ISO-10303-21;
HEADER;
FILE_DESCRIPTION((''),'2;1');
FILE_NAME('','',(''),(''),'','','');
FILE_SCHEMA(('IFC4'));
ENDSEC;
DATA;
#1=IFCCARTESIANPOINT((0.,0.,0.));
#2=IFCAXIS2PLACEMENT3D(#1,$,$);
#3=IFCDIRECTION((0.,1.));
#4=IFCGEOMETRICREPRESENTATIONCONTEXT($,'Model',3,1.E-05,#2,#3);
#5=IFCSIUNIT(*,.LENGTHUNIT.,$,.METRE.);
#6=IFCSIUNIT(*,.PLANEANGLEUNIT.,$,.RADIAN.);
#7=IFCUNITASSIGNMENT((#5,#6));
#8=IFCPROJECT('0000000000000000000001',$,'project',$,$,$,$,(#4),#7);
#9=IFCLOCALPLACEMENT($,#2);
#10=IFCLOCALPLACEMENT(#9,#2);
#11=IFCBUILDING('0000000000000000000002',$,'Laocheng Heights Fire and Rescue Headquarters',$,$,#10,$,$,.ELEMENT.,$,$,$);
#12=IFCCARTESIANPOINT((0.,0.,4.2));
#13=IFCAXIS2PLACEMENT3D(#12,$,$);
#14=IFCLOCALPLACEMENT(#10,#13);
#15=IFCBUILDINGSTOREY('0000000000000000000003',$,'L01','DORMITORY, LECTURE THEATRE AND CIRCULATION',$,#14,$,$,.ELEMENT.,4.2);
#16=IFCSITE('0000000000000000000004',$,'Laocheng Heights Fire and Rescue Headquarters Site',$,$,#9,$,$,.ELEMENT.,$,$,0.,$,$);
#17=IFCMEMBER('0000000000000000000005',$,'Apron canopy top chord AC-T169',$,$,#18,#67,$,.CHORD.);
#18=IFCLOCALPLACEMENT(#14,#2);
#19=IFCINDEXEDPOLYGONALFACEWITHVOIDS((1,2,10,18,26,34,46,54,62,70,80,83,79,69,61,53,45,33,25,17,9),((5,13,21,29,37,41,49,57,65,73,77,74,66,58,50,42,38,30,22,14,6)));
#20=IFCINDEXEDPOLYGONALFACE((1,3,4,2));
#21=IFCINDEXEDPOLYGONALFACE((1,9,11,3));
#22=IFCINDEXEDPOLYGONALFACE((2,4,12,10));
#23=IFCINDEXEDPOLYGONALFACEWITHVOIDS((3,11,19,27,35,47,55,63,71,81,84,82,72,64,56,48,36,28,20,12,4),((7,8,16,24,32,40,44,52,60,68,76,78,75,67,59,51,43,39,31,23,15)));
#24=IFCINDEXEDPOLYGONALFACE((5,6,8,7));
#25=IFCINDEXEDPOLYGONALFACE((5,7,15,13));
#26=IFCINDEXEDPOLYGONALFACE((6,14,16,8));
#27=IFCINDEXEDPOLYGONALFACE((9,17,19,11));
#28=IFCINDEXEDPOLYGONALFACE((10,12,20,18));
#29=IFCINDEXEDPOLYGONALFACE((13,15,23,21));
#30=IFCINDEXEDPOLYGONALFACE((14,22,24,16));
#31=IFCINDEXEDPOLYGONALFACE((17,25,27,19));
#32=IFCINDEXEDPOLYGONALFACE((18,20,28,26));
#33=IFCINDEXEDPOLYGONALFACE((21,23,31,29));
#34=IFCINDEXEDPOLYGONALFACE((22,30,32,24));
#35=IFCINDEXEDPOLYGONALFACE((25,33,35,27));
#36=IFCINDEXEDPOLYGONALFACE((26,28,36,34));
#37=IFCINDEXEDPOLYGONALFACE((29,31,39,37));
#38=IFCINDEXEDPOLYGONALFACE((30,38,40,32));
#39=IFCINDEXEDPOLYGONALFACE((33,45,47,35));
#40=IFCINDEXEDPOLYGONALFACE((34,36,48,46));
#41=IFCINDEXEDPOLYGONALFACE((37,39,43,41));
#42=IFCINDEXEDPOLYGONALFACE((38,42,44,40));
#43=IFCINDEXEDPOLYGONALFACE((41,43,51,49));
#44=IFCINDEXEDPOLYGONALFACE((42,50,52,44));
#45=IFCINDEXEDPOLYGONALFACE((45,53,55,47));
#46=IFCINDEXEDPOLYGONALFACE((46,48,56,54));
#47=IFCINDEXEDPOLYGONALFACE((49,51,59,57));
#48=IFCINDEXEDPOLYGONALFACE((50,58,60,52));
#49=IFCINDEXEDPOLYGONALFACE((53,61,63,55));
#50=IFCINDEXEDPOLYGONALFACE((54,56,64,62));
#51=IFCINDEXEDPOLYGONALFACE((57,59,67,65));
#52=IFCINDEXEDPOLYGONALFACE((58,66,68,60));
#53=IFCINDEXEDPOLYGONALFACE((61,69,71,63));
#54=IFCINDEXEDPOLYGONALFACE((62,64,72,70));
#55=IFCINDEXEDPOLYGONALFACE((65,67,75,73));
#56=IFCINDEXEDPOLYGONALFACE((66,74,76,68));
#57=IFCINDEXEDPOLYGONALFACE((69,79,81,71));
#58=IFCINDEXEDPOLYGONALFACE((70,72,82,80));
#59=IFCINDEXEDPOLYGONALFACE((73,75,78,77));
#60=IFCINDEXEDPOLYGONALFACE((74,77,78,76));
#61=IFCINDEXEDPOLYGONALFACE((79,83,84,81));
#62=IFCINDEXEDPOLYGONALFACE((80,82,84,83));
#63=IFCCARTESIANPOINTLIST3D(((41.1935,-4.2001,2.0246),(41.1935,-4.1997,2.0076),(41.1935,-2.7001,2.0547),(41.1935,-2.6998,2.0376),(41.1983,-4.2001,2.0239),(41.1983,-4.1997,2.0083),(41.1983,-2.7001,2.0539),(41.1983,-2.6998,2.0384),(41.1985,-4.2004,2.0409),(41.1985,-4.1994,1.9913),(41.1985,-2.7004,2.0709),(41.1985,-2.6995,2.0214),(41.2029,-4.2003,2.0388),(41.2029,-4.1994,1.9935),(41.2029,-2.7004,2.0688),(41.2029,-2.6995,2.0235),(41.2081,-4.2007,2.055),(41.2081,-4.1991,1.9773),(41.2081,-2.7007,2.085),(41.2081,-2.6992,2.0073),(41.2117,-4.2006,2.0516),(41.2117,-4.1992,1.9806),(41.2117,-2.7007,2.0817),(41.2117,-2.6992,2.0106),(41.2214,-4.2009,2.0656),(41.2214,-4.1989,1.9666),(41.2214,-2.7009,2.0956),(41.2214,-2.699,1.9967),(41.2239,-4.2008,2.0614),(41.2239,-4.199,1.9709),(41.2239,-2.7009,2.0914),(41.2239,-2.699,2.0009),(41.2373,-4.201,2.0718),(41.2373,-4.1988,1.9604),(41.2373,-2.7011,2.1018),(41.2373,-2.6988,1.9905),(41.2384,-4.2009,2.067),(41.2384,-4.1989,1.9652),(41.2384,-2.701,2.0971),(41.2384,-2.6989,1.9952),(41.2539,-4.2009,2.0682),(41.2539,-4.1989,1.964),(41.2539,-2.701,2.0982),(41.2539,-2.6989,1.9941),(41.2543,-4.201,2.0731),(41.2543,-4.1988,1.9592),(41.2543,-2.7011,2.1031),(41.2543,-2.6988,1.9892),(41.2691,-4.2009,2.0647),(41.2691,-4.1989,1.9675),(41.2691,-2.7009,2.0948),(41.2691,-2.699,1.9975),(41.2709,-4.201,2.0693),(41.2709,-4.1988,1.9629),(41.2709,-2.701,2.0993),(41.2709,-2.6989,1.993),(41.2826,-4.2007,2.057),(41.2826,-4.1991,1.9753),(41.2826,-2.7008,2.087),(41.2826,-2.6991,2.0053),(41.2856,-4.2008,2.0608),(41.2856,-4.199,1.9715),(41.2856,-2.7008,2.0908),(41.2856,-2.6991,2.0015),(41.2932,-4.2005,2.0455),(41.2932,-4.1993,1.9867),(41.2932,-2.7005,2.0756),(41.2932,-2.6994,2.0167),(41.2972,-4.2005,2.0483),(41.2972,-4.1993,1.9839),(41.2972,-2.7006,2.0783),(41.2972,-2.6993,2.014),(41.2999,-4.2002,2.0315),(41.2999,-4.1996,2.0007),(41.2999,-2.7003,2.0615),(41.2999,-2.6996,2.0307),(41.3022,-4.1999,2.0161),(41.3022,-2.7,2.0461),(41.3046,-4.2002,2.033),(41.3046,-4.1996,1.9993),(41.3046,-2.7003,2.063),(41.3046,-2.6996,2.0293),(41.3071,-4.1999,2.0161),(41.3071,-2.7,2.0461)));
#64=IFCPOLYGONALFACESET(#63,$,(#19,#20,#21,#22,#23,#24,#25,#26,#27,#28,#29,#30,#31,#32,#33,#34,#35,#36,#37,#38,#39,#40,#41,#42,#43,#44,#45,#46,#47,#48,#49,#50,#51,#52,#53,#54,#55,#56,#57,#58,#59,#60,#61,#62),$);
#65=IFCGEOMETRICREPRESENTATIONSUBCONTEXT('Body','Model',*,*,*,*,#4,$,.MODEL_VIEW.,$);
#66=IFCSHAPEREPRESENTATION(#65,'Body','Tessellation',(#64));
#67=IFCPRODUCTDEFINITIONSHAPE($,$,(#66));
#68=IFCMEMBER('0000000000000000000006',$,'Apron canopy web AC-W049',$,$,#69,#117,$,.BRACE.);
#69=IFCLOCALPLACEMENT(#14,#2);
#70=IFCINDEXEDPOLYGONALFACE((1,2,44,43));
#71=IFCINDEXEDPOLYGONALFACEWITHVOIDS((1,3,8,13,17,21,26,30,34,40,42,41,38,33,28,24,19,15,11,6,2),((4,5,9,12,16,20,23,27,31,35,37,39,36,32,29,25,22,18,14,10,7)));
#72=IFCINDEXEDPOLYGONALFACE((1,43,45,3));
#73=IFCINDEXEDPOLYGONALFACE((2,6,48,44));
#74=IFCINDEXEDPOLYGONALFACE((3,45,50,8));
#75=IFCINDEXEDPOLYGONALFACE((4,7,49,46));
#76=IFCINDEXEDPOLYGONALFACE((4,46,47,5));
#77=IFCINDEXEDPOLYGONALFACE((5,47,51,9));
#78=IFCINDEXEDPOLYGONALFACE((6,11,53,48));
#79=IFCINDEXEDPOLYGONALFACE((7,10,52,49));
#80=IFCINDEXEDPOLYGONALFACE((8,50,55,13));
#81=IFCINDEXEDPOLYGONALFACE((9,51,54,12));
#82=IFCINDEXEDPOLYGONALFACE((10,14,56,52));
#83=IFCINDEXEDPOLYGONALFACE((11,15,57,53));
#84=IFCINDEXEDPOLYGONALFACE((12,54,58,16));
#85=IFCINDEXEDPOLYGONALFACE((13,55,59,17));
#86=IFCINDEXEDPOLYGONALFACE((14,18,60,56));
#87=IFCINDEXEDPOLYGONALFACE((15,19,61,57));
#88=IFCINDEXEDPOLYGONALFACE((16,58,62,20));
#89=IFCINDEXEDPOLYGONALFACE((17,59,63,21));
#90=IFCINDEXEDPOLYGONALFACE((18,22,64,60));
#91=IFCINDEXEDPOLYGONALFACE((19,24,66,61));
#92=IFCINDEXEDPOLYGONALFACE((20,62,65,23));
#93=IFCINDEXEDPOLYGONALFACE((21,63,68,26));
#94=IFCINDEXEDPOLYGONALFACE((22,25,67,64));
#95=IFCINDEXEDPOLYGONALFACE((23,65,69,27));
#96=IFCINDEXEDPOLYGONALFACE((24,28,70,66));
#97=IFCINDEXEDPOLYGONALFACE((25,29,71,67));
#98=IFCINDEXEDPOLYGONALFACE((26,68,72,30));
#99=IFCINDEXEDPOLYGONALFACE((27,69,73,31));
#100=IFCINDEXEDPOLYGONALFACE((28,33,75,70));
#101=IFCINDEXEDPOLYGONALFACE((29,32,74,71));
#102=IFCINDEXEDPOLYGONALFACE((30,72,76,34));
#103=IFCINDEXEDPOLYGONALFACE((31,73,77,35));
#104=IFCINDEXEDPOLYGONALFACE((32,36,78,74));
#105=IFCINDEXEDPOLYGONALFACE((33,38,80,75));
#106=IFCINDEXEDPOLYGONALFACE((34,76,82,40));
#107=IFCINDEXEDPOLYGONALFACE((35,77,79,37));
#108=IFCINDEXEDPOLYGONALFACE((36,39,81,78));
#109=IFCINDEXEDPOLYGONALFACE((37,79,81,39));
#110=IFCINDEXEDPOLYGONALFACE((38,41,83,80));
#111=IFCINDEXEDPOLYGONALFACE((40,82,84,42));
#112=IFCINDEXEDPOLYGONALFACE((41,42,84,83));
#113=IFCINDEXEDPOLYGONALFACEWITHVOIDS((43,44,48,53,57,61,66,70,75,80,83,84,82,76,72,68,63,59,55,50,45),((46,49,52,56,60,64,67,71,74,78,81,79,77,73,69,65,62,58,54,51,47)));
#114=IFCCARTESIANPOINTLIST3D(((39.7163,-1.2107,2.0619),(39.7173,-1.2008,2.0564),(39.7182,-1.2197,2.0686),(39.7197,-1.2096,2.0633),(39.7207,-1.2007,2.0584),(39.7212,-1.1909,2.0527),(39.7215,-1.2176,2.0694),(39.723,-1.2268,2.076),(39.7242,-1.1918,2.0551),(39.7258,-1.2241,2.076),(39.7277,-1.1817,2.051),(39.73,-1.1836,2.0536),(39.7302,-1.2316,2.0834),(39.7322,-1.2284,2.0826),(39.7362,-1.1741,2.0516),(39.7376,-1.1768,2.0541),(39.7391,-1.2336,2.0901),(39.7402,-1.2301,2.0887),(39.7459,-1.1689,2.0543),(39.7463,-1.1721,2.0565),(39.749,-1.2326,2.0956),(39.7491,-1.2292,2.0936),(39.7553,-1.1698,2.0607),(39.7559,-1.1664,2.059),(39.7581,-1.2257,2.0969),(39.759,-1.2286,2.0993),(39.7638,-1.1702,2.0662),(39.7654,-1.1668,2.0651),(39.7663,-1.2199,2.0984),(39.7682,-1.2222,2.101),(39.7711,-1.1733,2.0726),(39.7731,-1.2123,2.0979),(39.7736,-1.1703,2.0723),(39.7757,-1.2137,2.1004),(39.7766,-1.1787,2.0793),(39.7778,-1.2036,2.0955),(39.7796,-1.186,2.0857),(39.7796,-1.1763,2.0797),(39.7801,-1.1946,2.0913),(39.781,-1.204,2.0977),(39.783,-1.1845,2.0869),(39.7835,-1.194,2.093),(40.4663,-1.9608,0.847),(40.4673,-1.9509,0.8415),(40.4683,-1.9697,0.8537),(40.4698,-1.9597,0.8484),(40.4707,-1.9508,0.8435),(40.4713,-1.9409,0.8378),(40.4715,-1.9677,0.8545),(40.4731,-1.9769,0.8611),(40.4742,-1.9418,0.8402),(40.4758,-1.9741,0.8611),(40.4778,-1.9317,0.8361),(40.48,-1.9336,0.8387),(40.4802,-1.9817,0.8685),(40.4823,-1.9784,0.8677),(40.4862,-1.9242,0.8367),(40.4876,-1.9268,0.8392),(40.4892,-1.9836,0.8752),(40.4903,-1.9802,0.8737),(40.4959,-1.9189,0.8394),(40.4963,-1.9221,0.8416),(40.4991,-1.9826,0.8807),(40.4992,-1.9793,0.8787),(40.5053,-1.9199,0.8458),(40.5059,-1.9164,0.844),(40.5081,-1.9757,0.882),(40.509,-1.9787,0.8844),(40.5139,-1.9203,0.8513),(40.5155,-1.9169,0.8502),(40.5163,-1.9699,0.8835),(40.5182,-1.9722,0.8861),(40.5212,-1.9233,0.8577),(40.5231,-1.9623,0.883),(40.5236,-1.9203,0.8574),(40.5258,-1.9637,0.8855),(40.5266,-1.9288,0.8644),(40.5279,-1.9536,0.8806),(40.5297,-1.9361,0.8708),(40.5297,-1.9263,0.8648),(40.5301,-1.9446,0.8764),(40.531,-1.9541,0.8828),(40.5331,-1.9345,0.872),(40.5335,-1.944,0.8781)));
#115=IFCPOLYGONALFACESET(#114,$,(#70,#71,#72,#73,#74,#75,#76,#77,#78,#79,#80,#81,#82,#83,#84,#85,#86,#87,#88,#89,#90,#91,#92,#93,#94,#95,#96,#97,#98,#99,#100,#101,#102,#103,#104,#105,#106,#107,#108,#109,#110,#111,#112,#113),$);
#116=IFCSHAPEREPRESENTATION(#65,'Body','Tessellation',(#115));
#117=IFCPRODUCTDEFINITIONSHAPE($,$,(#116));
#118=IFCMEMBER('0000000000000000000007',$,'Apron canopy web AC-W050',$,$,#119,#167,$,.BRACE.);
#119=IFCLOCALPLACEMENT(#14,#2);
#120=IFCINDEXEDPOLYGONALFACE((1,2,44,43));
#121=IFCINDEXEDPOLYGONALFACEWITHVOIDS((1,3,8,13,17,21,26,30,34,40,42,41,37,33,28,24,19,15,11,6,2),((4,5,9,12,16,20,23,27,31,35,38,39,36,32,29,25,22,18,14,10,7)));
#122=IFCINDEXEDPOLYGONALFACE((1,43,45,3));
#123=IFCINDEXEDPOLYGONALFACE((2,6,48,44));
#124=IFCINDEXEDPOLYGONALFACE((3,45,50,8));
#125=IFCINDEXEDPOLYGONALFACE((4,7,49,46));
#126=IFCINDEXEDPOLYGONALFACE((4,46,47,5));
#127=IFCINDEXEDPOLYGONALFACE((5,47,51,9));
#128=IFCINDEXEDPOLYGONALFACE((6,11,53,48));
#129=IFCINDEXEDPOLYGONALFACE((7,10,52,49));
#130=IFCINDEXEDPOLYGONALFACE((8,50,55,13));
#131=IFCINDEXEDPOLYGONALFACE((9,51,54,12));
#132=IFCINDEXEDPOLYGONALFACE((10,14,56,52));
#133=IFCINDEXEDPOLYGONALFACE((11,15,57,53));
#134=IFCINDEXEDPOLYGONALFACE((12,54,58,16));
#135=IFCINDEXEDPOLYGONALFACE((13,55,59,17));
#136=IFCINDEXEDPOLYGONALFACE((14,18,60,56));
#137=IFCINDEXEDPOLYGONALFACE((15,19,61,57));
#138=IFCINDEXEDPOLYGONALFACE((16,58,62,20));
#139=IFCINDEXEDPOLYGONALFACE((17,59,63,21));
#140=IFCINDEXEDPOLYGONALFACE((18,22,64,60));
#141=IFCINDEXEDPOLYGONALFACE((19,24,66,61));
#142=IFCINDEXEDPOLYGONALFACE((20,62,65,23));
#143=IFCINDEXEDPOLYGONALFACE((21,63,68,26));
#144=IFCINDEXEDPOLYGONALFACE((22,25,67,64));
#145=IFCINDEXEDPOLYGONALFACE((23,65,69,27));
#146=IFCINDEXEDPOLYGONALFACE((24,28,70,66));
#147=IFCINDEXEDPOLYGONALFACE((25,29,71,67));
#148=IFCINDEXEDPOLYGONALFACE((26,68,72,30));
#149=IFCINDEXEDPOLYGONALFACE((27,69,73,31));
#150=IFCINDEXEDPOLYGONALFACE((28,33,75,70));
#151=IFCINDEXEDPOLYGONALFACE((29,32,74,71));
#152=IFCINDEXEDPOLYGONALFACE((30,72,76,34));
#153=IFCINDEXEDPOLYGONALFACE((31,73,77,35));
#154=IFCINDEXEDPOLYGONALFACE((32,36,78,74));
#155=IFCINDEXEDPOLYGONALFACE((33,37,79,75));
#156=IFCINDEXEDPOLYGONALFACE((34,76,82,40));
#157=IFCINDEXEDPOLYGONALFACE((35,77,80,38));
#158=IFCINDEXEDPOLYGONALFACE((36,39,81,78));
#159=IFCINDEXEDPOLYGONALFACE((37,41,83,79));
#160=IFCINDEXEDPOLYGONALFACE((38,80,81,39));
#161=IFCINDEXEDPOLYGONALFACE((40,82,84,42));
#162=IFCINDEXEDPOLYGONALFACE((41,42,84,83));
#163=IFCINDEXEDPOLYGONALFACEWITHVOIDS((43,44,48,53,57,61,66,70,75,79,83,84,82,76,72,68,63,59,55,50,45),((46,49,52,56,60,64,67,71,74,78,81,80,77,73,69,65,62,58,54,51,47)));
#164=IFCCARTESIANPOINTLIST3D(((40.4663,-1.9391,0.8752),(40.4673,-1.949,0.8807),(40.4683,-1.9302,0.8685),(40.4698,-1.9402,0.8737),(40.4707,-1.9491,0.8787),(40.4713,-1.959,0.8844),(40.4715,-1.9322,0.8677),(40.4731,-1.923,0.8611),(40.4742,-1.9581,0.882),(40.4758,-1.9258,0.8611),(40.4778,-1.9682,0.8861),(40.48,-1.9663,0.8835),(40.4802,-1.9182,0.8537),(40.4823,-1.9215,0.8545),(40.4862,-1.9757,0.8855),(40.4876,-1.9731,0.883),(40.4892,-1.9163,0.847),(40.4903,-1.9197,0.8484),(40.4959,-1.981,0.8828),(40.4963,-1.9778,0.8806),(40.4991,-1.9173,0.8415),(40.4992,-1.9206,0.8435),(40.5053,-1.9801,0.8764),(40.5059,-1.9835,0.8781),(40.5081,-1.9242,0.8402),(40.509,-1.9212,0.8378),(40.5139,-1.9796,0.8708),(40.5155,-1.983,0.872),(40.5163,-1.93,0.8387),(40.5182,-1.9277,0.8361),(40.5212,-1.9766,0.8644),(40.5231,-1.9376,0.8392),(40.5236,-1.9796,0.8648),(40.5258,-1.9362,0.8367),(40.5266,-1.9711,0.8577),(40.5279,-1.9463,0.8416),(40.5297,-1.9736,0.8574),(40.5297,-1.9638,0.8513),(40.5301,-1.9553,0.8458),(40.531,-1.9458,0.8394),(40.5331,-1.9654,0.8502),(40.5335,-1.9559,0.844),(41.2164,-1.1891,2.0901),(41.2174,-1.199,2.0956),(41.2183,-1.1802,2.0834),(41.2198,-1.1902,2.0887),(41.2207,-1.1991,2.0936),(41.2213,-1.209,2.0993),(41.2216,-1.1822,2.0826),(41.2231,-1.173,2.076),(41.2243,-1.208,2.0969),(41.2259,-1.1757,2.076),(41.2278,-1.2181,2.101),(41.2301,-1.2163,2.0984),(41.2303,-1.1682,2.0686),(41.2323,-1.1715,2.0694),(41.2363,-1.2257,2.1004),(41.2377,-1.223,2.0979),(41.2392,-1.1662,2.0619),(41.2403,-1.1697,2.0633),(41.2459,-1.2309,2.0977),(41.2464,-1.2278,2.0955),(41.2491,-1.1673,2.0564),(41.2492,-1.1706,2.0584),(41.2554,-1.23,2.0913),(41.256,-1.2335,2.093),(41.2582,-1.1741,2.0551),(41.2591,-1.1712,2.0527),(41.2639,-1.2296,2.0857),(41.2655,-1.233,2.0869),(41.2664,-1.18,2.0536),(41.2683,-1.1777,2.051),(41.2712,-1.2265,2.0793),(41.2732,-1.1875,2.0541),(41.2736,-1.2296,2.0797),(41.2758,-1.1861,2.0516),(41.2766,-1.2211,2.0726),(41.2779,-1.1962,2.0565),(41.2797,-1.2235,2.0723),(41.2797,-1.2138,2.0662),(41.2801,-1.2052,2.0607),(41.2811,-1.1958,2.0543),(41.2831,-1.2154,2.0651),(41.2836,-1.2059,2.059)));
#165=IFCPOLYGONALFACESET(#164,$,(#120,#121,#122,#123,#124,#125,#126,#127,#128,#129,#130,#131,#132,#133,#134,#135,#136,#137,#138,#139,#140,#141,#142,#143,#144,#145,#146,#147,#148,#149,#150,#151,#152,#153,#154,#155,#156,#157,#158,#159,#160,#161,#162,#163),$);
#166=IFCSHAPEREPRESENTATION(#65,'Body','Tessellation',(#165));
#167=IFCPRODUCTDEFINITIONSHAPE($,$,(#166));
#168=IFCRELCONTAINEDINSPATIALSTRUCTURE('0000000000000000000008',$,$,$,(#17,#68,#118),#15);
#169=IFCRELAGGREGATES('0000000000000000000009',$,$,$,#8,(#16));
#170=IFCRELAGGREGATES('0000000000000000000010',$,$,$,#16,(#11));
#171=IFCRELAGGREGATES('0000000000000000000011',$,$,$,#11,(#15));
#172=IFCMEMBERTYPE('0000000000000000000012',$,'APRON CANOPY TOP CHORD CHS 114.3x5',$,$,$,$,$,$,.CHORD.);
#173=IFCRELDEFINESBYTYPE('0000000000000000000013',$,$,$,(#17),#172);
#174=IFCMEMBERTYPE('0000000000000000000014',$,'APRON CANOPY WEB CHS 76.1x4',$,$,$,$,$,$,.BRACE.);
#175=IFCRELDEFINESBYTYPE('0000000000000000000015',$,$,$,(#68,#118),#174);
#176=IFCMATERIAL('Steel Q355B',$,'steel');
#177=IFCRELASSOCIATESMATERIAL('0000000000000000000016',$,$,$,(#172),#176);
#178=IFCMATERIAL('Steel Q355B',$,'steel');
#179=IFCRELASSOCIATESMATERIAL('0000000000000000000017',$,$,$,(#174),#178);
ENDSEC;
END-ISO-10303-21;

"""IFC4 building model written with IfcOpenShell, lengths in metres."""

from ifc_helpers import new_model, si_unit, direction, frame, origin, origin_2d, place, context, subcontext, project, spatial, hollow_circle, extrude, material, material_profile, profile_set, type_object, element, save


model = new_model("IFC4")

# Units and contexts
model_context = context("Model", 3, precision=1e-05, world=origin(), true_north=direction((0.0, 1.0)))
body_context = subcontext(model_context, "Body", "Model", "MODEL_VIEW")
ifc_project = project(units=[si_unit("LENGTHUNIT", "METRE"), si_unit("PLANEANGLEUNIT", "RADIAN")], contexts=[model_context])

# Site, building, storey
site_placement = place(None, origin())
site = spatial("IfcSite", under=ifc_project, at=site_placement, Name="Laocheng Heights Fire and Rescue Headquarters Site", CompositionType="ELEMENT", RefElevation=0.0)
building_placement = place(site_placement, origin())
building = spatial("IfcBuilding", under=site, at=building_placement, Name="Laocheng Heights Fire and Rescue Headquarters", CompositionType="ELEMENT")
storey_placement = place(building_placement, frame((0.0, 0.0, 4.2)))
storey = spatial("IfcBuildingStorey", under=building, at=storey_placement, Name="L01", Description="DORMITORY, LECTURE THEATRE AND CIRCULATION", CompositionType="ELEMENT", Elevation=4.2)

# Members
ifc_material_1 = material(Name="Steel Q355B", Category="steel")
ifc_material_profile_1 = material_profile(ifc_material_1, hollow_circle(Radius=0.0571, WallThickness=0.0049, at=origin_2d()), Name="CHS 114.3x5")
ifc_profile_set_1 = profile_set([ifc_material_profile_1], Name="Steel Q355B")
member_type_1 = type_object("IfcMemberType", Name="APRON CANOPY TOP CHORD CHS 114.3x5", PredefinedType="CHORD", material=ifc_profile_set_1)
for number, where, z_axis, x_axis, name in (
    (1, (41.25, -2.7, 2.0461), (0.0, -0.9998, -0.020016), (1.0, 0.0, 0.0), "Apron canopy top chord AC-T169"),
):
    element("IfcMember", number, at=place(storey_placement, frame(where, z_axis=z_axis, x_axis=x_axis)), inside=storey, type_object=member_type_1, Name=name, PredefinedType="CHORD", context=body_context, shape_type="SweptSolid", body=[
        extrude(hollow_circle(Radius=0.0571, WallThickness=0.0049, at=origin_2d()), origin(), (0.0, 0.0, 1.0), 1.5002),
    ])
ifc_material_2 = material(Name="Steel Q355B", Category="steel")
ifc_material_profile_2 = material_profile(ifc_material_2, hollow_circle(Radius=0.0381, WallThickness=0.0039, at=origin_2d()), Name="CHS 76.1x4")
ifc_profile_set_2 = profile_set([ifc_material_profile_2], Name="Steel Q355B")
member_type_2 = type_object("IfcMemberType", Name="APRON CANOPY WEB CHS 76.1x4", PredefinedType="BRACE", material=ifc_profile_set_2)
for number, where, z_axis, x_axis, name in (
    (2, (40.5, -1.95, 0.8611), (-0.465055, 0.465055, 0.753292), (-0.707107, -0.707107, 0.0), "Apron canopy web AC-W049"),
    (3, (40.5, -1.95, 0.8611), (0.465055, 0.465055, 0.753292), (-0.707107, 0.707107, 0.0), "Apron canopy web AC-W050"),
):
    element("IfcMember", number, at=place(storey_placement, frame(where, z_axis=z_axis, x_axis=x_axis)), inside=storey, type_object=member_type_2, Name=name, PredefinedType="BRACE", context=body_context, shape_type="SweptSolid", body=[
        extrude(hollow_circle(Radius=0.0381, WallThickness=0.0039, at=origin_2d()), origin(), (0.0, 0.0, 1.0), 1.6128),
    ])

save(model, "model.ifc")
